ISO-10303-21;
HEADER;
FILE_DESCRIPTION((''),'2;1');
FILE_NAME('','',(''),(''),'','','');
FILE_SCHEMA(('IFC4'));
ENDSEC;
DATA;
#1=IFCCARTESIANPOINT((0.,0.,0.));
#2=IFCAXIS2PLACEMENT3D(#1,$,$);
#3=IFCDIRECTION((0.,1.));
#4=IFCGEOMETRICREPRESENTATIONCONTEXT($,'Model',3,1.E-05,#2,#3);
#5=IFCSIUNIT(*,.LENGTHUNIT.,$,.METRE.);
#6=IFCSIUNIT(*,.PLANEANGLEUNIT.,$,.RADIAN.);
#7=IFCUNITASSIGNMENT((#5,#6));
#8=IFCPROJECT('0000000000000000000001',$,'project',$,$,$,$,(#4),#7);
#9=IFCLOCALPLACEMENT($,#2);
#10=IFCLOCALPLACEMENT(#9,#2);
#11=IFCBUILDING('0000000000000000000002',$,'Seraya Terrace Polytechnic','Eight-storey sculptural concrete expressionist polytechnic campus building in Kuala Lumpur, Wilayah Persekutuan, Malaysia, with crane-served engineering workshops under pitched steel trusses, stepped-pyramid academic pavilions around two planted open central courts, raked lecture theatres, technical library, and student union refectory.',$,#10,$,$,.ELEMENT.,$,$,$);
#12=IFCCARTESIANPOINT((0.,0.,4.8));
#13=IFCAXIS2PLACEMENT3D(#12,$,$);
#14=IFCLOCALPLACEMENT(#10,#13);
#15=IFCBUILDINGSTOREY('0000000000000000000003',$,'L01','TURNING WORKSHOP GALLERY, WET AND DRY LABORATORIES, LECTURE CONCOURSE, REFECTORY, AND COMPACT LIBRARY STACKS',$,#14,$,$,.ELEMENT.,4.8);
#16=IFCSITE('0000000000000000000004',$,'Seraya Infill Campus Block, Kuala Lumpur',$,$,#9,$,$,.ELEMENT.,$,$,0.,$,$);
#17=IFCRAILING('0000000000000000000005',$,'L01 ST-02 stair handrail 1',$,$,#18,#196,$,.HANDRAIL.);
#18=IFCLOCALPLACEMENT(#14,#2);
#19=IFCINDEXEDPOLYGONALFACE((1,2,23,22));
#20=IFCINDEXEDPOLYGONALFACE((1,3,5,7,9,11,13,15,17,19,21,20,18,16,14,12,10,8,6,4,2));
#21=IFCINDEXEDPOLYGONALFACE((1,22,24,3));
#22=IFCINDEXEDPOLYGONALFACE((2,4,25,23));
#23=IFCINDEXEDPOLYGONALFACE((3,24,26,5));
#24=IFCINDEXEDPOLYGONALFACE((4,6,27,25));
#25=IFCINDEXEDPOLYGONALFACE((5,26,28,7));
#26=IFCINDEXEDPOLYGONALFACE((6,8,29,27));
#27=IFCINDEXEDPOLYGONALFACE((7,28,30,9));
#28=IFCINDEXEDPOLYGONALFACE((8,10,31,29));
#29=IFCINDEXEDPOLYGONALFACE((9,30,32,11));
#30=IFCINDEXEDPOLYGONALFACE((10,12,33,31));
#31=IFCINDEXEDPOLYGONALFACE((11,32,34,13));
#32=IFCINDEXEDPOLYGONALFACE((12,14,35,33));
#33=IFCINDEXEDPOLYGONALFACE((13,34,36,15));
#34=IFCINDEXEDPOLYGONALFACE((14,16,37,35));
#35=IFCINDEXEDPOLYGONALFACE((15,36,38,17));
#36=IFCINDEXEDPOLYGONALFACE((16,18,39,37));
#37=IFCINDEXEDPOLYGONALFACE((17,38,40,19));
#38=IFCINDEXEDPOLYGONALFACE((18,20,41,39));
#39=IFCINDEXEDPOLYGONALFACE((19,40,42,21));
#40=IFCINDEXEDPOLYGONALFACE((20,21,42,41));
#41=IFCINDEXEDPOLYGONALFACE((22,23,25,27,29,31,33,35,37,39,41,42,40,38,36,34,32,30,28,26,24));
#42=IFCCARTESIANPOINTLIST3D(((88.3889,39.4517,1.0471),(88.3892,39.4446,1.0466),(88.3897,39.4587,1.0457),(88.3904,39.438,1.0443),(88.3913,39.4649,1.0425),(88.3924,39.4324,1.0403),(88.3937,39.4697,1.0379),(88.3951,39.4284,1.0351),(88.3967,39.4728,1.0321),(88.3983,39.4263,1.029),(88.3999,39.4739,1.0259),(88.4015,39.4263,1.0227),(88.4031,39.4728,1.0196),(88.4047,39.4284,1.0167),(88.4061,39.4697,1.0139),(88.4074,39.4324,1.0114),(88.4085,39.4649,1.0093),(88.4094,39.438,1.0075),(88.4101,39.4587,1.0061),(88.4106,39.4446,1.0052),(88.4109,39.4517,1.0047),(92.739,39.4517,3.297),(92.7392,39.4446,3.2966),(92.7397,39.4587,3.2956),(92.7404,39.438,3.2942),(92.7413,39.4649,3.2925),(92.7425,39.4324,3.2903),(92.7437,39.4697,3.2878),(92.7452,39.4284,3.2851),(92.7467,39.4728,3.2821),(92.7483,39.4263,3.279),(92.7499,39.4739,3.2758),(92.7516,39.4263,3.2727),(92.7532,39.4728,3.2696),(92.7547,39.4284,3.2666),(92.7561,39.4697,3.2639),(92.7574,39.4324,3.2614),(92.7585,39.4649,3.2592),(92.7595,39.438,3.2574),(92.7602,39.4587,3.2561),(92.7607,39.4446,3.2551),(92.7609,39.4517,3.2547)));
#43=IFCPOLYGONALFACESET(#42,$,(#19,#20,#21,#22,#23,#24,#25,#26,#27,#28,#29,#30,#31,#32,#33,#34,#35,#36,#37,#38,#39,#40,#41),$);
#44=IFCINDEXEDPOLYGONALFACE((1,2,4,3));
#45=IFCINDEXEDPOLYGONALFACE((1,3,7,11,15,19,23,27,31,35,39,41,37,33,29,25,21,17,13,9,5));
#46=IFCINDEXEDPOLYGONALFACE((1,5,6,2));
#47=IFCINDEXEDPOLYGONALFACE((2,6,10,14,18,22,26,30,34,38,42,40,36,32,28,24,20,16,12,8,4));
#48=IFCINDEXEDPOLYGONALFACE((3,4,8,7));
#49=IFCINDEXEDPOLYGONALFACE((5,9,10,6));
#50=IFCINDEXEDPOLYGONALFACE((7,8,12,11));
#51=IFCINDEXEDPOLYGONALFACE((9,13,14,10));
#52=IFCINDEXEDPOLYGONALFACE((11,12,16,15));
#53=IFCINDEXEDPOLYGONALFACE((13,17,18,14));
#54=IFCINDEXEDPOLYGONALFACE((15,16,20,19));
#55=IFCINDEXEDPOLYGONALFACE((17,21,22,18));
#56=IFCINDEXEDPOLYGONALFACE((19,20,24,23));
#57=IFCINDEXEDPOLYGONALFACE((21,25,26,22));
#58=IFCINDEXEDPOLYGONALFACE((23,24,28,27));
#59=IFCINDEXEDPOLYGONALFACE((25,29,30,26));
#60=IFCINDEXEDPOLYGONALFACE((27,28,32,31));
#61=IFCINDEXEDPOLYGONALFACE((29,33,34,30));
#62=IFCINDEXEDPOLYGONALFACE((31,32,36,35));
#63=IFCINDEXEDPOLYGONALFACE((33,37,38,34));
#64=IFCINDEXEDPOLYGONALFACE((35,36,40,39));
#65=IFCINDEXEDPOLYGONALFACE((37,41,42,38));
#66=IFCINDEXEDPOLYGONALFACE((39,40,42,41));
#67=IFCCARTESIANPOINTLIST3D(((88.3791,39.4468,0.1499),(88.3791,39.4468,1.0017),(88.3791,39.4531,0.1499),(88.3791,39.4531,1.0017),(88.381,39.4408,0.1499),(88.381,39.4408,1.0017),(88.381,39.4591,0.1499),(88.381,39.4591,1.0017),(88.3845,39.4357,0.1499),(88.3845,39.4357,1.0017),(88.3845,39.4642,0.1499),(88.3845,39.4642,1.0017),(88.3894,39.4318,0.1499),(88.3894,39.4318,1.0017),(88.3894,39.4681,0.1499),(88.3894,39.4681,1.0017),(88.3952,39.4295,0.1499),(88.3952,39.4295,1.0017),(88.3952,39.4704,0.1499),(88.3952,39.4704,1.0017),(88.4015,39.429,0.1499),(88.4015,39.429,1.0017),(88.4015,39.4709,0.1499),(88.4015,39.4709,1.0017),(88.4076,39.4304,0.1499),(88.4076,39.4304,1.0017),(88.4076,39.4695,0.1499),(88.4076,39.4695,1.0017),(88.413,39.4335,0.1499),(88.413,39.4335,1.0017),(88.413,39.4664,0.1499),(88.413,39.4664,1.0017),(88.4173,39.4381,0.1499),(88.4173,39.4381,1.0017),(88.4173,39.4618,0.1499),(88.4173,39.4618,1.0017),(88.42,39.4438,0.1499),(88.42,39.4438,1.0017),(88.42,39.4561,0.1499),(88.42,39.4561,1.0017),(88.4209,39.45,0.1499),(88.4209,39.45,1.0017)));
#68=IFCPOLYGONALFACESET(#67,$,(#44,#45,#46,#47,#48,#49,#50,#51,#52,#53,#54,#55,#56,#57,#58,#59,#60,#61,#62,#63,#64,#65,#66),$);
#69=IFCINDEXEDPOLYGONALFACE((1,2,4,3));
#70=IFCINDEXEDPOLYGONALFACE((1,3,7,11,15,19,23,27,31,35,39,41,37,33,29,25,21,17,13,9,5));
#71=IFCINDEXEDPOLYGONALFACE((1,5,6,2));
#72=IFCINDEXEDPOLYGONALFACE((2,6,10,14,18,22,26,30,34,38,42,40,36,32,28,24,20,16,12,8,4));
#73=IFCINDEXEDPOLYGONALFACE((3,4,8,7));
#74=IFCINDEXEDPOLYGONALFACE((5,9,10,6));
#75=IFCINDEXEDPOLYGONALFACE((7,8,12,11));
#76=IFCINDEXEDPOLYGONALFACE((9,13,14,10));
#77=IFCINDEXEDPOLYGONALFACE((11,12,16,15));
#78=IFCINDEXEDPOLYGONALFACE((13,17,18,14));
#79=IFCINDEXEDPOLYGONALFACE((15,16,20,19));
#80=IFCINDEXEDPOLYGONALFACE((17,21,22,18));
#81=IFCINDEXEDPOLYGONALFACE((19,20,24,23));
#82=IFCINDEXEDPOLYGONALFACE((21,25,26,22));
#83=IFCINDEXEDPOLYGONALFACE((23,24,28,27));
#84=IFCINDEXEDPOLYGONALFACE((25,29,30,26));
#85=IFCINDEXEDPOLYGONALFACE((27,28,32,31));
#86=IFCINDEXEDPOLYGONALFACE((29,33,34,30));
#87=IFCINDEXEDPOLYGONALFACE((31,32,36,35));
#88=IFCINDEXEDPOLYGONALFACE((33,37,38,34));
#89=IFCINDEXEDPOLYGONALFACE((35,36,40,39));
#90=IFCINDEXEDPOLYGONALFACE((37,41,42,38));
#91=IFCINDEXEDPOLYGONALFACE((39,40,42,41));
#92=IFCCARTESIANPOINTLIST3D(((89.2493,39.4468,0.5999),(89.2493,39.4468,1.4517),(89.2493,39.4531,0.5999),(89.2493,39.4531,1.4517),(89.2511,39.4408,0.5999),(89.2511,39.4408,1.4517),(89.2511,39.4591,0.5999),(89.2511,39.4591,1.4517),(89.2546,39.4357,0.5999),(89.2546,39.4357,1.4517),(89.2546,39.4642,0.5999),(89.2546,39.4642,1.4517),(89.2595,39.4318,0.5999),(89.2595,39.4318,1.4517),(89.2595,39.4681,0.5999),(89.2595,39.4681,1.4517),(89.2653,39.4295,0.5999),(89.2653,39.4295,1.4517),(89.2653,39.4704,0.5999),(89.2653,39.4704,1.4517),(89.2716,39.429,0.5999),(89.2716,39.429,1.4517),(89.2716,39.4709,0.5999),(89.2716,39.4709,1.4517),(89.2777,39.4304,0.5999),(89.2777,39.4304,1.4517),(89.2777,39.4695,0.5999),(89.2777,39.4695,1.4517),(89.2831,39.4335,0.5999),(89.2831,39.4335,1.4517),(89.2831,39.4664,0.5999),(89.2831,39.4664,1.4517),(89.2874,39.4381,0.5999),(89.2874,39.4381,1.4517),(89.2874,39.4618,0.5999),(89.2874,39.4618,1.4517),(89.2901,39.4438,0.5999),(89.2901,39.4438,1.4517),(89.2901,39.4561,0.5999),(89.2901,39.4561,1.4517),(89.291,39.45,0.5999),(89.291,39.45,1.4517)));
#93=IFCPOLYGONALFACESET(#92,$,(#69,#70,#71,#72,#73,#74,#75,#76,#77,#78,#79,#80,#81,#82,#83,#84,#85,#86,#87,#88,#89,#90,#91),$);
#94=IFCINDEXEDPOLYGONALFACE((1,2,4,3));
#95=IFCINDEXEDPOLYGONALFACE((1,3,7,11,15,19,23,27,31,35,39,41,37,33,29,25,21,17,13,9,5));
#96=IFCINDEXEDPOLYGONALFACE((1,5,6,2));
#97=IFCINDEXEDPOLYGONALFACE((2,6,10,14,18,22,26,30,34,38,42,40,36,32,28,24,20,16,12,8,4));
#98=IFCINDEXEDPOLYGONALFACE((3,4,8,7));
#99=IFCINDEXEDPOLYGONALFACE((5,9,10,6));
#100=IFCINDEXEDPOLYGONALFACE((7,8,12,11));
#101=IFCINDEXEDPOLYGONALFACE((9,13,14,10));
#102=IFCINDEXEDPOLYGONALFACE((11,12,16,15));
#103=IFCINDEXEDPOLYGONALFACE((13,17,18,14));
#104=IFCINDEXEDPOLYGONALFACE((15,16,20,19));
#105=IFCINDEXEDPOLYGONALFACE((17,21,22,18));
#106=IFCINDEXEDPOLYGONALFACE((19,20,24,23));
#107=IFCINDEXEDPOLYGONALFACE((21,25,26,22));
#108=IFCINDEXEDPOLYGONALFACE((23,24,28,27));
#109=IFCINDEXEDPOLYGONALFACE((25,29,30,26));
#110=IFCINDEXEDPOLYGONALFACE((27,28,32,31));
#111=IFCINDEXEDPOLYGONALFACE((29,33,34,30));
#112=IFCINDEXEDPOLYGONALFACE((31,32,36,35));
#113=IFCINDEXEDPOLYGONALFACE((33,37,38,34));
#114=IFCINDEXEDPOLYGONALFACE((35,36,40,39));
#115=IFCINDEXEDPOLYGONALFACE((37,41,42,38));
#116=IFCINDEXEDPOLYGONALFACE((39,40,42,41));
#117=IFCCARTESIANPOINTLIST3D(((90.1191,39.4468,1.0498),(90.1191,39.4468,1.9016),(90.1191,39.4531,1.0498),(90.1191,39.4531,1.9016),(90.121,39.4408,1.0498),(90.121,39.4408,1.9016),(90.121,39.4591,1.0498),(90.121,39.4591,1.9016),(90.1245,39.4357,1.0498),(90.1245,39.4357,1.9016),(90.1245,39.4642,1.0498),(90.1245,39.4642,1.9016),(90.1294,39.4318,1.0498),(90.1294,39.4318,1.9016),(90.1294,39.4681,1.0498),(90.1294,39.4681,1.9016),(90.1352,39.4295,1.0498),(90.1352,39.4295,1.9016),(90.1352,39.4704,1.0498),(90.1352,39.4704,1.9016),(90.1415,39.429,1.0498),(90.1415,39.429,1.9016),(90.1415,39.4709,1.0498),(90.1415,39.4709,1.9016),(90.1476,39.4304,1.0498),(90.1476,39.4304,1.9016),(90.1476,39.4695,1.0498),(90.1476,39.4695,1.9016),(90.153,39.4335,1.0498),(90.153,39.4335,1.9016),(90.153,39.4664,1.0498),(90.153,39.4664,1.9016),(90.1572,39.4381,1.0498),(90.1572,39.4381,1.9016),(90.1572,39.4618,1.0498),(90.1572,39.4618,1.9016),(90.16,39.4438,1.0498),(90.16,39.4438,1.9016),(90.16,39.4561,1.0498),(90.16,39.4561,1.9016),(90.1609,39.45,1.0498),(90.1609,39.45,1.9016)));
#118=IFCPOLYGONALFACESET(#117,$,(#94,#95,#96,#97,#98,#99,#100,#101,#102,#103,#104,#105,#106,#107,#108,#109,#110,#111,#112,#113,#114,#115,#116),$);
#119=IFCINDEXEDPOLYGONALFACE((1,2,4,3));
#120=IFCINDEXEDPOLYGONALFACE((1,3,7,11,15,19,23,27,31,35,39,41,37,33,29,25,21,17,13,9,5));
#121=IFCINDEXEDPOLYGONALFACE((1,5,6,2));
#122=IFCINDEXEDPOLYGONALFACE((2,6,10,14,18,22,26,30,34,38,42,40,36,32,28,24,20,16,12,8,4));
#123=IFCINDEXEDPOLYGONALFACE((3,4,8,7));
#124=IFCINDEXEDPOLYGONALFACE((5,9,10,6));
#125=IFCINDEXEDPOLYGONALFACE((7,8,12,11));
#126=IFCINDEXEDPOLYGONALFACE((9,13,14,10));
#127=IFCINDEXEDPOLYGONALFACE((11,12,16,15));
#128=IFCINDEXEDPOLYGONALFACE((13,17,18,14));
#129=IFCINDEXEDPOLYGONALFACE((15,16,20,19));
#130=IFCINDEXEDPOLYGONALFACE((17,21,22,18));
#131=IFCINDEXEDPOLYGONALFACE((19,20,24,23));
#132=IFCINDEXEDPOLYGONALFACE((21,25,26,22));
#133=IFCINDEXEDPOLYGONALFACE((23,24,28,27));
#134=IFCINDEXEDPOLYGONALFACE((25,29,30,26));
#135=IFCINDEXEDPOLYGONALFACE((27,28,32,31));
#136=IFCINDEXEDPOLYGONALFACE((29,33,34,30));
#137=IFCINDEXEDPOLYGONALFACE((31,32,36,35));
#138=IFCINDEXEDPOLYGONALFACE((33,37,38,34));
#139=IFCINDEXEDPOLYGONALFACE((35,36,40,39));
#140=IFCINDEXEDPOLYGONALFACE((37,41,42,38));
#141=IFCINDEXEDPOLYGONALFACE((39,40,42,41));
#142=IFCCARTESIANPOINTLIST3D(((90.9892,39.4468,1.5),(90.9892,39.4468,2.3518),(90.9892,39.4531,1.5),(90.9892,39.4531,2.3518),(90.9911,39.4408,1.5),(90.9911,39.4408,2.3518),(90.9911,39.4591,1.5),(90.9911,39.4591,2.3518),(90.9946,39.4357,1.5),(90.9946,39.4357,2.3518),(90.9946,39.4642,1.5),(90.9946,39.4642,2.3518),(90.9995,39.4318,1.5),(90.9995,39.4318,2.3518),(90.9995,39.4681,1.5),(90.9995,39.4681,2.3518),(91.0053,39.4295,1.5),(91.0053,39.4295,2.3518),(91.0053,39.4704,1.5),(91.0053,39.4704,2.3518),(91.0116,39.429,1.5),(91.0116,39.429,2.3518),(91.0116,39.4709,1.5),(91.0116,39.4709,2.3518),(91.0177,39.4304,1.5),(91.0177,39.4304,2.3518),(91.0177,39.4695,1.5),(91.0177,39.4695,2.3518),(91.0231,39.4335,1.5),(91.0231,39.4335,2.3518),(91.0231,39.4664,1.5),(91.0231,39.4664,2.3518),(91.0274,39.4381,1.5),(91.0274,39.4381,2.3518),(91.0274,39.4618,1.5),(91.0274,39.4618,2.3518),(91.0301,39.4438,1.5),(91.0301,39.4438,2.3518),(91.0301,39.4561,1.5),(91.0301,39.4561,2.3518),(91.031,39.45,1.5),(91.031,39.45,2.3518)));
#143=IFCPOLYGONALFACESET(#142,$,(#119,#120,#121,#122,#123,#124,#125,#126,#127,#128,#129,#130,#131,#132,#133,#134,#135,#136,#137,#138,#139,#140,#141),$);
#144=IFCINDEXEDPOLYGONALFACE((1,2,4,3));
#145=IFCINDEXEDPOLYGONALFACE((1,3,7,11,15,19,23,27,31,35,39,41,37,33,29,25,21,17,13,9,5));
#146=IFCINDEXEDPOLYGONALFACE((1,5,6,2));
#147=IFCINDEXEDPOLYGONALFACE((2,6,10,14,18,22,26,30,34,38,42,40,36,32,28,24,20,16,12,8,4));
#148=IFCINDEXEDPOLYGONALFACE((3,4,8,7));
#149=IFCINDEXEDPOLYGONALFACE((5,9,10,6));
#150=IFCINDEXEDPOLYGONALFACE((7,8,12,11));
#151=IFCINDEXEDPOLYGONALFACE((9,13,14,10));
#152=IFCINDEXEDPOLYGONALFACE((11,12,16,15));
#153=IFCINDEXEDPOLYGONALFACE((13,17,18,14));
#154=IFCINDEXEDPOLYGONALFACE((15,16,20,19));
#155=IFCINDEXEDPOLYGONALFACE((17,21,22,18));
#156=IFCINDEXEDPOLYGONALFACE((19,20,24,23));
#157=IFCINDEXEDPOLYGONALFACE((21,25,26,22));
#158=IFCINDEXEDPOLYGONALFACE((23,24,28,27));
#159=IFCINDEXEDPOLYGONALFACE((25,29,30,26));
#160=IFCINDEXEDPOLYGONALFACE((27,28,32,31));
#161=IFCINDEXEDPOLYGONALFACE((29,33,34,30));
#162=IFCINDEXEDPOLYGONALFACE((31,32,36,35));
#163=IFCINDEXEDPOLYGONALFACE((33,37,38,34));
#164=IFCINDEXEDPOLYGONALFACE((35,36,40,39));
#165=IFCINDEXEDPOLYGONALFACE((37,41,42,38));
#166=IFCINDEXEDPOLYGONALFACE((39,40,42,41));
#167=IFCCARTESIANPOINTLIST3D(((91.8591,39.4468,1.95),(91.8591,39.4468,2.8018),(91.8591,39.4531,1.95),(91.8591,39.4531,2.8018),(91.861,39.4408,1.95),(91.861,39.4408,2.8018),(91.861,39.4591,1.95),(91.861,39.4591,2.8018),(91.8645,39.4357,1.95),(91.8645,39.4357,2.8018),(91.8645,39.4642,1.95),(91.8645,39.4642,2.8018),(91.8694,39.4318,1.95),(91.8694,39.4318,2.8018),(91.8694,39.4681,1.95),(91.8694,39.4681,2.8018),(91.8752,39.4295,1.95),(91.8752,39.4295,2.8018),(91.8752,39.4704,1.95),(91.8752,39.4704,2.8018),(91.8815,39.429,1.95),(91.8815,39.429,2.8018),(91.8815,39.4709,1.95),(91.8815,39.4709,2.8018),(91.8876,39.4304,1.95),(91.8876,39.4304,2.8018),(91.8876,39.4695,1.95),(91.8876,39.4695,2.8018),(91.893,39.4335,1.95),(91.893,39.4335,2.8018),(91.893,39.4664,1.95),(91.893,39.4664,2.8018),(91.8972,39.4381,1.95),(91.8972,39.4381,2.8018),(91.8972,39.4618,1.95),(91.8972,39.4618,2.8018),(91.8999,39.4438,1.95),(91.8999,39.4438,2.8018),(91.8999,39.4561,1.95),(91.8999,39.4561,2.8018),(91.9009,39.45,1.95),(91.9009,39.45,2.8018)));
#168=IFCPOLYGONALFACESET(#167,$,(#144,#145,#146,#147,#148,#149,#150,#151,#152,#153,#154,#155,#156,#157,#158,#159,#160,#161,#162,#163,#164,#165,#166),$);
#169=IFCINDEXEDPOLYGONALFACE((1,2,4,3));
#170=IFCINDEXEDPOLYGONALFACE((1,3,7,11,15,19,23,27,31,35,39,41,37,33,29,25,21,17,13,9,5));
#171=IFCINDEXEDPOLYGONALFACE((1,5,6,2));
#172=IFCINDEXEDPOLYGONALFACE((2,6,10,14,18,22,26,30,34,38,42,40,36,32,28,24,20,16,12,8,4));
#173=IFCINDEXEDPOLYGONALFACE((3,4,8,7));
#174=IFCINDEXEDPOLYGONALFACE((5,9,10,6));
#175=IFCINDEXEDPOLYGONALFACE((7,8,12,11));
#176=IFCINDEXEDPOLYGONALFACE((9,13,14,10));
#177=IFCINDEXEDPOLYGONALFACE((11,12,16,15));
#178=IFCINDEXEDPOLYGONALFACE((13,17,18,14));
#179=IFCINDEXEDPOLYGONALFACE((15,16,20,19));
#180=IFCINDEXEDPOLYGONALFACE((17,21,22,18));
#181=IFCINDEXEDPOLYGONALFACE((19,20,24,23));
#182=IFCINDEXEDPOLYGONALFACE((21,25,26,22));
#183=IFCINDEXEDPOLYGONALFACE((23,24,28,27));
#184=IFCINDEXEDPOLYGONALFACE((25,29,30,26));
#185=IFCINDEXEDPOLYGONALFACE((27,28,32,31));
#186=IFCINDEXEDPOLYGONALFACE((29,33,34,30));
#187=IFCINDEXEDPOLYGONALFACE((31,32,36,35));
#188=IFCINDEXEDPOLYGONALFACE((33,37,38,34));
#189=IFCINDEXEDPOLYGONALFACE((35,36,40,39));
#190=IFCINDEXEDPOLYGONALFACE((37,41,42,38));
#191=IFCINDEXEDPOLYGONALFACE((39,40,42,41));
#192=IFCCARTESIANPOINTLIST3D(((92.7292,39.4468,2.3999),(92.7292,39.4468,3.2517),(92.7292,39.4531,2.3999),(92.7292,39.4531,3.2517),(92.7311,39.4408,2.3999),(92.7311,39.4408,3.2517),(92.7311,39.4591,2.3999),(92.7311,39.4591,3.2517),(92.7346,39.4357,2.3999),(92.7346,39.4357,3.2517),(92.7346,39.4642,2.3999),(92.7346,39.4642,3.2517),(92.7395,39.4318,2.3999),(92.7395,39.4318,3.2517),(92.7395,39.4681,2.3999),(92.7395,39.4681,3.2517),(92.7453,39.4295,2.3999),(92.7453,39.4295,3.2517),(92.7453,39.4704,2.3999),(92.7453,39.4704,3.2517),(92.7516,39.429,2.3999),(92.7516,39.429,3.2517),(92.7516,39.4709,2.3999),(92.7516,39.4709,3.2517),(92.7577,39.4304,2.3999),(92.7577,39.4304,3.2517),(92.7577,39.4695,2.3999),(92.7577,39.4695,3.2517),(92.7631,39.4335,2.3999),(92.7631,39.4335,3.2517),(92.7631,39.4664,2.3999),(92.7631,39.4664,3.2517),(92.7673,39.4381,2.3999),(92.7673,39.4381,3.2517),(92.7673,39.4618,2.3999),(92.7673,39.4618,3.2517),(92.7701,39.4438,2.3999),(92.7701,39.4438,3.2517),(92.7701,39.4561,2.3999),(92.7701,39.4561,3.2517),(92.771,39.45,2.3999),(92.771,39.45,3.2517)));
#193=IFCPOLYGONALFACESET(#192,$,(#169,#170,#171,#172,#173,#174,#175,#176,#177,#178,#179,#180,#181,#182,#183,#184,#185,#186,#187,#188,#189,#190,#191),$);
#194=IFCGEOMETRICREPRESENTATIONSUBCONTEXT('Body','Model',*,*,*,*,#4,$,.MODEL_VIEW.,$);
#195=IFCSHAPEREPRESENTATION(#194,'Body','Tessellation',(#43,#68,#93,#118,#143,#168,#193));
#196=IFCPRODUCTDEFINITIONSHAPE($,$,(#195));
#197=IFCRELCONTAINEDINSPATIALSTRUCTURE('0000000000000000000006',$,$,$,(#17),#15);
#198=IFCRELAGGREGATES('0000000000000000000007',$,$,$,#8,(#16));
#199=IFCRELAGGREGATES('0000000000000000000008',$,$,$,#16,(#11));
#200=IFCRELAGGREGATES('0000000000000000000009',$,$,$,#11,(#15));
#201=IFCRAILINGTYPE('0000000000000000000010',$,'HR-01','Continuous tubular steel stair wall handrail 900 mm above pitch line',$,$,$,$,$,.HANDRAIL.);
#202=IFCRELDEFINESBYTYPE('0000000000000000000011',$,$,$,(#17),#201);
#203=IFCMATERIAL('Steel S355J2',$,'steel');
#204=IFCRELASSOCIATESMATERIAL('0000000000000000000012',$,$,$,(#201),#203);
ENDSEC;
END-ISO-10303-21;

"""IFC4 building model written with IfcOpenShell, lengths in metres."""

from ifc_helpers import new_model, si_unit, direction, frame, origin, origin_2d, place, context, subcontext, project, spatial, circle, extrude, material, type_object, element, save


model = new_model("IFC4")

# Units and contexts
model_context = context("Model", 3, precision=1e-05, world=origin(), true_north=direction((0.0, 1.0)))
body_context = subcontext(model_context, "Body", "Model", "MODEL_VIEW")
ifc_project = project(units=[si_unit("LENGTHUNIT", "METRE"), si_unit("PLANEANGLEUNIT", "RADIAN")], contexts=[model_context])

# Site, building, storey
site_placement = place(None, origin())
site = spatial("IfcSite", under=ifc_project, at=site_placement, Name="Seraya Infill Campus Block, Kuala Lumpur", CompositionType="ELEMENT", RefElevation=0.0)
building_placement = place(site_placement, origin())
building = spatial("IfcBuilding", under=site, at=building_placement, Name="Seraya Terrace Polytechnic", Description="Eight-storey sculptural concrete expressionist polytechnic campus building in Kuala Lumpur, Wilayah Persekutuan, Malaysia, with crane-served engineering workshops under pitched steel trusses, stepped-pyramid academic pavilions around two planted open central courts, raked lecture theatres, technical library, and student union refectory.", CompositionType="ELEMENT")
storey_placement = place(building_placement, frame((0.0, 0.0, 4.8)))
storey = spatial("IfcBuildingStorey", under=building, at=storey_placement, Name="L01", Description="TURNING WORKSHOP GALLERY, WET AND DRY LABORATORIES, LECTURE CONCOURSE, REFECTORY, AND COMPACT LIBRARY STACKS", CompositionType="ELEMENT", Elevation=4.8)

# Shared definitions
ifc_material_1 = material(Name="Steel S355J2", Category="steel")

# Railing
railing_type_1 = type_object("IfcRailingType", Name="HR-01", Description="Continuous tubular steel stair wall handrail 900 mm above pitch line", PredefinedType="HANDRAIL", material=ifc_material_1)
railing_1_placement = place(storey_placement, frame((88.3999, 39.45, 0.1499)))
element("IfcRailing", 1, at=railing_1_placement, inside=storey, type_object=railing_type_1, Name="L01 ST-02 stair handrail 1", PredefinedType="HANDRAIL", context=body_context, shape_type="SweptSolid", body=[
    extrude(circle(Radius=0.0239, at=origin_2d()), frame((0.0, 0.0, 0.876), z_axis=(0.888222, 0.0, 0.459415), x_axis=(0.0, 1.0, 0.0)), (0.0, 0.0, 1.0), 4.8975),
    extrude(circle(Radius=0.021, at=origin_2d()), origin(), (0.0, 0.0, 1.0), 0.8518),
    extrude(circle(Radius=0.021, at=origin_2d()), frame((0.8701, 0.0, 0.45)), (0.0, 0.0, 1.0), 0.8518),
    extrude(circle(Radius=0.021, at=origin_2d()), frame((1.74, 0.0, 0.8999)), (0.0, 0.0, 1.0), 0.8518),
    extrude(circle(Radius=0.021, at=origin_2d()), frame((2.6101, 0.0, 1.3501)), (0.0, 0.0, 1.0), 0.8518),
    extrude(circle(Radius=0.021, at=origin_2d()), frame((3.48, 0.0, 1.8)), (0.0, 0.0, 1.0), 0.8518),
    extrude(circle(Radius=0.021, at=origin_2d()), frame((4.3501, 0.0, 2.25)), (0.0, 0.0, 1.0), 0.8518),
])

save(model, "model.ifc")
